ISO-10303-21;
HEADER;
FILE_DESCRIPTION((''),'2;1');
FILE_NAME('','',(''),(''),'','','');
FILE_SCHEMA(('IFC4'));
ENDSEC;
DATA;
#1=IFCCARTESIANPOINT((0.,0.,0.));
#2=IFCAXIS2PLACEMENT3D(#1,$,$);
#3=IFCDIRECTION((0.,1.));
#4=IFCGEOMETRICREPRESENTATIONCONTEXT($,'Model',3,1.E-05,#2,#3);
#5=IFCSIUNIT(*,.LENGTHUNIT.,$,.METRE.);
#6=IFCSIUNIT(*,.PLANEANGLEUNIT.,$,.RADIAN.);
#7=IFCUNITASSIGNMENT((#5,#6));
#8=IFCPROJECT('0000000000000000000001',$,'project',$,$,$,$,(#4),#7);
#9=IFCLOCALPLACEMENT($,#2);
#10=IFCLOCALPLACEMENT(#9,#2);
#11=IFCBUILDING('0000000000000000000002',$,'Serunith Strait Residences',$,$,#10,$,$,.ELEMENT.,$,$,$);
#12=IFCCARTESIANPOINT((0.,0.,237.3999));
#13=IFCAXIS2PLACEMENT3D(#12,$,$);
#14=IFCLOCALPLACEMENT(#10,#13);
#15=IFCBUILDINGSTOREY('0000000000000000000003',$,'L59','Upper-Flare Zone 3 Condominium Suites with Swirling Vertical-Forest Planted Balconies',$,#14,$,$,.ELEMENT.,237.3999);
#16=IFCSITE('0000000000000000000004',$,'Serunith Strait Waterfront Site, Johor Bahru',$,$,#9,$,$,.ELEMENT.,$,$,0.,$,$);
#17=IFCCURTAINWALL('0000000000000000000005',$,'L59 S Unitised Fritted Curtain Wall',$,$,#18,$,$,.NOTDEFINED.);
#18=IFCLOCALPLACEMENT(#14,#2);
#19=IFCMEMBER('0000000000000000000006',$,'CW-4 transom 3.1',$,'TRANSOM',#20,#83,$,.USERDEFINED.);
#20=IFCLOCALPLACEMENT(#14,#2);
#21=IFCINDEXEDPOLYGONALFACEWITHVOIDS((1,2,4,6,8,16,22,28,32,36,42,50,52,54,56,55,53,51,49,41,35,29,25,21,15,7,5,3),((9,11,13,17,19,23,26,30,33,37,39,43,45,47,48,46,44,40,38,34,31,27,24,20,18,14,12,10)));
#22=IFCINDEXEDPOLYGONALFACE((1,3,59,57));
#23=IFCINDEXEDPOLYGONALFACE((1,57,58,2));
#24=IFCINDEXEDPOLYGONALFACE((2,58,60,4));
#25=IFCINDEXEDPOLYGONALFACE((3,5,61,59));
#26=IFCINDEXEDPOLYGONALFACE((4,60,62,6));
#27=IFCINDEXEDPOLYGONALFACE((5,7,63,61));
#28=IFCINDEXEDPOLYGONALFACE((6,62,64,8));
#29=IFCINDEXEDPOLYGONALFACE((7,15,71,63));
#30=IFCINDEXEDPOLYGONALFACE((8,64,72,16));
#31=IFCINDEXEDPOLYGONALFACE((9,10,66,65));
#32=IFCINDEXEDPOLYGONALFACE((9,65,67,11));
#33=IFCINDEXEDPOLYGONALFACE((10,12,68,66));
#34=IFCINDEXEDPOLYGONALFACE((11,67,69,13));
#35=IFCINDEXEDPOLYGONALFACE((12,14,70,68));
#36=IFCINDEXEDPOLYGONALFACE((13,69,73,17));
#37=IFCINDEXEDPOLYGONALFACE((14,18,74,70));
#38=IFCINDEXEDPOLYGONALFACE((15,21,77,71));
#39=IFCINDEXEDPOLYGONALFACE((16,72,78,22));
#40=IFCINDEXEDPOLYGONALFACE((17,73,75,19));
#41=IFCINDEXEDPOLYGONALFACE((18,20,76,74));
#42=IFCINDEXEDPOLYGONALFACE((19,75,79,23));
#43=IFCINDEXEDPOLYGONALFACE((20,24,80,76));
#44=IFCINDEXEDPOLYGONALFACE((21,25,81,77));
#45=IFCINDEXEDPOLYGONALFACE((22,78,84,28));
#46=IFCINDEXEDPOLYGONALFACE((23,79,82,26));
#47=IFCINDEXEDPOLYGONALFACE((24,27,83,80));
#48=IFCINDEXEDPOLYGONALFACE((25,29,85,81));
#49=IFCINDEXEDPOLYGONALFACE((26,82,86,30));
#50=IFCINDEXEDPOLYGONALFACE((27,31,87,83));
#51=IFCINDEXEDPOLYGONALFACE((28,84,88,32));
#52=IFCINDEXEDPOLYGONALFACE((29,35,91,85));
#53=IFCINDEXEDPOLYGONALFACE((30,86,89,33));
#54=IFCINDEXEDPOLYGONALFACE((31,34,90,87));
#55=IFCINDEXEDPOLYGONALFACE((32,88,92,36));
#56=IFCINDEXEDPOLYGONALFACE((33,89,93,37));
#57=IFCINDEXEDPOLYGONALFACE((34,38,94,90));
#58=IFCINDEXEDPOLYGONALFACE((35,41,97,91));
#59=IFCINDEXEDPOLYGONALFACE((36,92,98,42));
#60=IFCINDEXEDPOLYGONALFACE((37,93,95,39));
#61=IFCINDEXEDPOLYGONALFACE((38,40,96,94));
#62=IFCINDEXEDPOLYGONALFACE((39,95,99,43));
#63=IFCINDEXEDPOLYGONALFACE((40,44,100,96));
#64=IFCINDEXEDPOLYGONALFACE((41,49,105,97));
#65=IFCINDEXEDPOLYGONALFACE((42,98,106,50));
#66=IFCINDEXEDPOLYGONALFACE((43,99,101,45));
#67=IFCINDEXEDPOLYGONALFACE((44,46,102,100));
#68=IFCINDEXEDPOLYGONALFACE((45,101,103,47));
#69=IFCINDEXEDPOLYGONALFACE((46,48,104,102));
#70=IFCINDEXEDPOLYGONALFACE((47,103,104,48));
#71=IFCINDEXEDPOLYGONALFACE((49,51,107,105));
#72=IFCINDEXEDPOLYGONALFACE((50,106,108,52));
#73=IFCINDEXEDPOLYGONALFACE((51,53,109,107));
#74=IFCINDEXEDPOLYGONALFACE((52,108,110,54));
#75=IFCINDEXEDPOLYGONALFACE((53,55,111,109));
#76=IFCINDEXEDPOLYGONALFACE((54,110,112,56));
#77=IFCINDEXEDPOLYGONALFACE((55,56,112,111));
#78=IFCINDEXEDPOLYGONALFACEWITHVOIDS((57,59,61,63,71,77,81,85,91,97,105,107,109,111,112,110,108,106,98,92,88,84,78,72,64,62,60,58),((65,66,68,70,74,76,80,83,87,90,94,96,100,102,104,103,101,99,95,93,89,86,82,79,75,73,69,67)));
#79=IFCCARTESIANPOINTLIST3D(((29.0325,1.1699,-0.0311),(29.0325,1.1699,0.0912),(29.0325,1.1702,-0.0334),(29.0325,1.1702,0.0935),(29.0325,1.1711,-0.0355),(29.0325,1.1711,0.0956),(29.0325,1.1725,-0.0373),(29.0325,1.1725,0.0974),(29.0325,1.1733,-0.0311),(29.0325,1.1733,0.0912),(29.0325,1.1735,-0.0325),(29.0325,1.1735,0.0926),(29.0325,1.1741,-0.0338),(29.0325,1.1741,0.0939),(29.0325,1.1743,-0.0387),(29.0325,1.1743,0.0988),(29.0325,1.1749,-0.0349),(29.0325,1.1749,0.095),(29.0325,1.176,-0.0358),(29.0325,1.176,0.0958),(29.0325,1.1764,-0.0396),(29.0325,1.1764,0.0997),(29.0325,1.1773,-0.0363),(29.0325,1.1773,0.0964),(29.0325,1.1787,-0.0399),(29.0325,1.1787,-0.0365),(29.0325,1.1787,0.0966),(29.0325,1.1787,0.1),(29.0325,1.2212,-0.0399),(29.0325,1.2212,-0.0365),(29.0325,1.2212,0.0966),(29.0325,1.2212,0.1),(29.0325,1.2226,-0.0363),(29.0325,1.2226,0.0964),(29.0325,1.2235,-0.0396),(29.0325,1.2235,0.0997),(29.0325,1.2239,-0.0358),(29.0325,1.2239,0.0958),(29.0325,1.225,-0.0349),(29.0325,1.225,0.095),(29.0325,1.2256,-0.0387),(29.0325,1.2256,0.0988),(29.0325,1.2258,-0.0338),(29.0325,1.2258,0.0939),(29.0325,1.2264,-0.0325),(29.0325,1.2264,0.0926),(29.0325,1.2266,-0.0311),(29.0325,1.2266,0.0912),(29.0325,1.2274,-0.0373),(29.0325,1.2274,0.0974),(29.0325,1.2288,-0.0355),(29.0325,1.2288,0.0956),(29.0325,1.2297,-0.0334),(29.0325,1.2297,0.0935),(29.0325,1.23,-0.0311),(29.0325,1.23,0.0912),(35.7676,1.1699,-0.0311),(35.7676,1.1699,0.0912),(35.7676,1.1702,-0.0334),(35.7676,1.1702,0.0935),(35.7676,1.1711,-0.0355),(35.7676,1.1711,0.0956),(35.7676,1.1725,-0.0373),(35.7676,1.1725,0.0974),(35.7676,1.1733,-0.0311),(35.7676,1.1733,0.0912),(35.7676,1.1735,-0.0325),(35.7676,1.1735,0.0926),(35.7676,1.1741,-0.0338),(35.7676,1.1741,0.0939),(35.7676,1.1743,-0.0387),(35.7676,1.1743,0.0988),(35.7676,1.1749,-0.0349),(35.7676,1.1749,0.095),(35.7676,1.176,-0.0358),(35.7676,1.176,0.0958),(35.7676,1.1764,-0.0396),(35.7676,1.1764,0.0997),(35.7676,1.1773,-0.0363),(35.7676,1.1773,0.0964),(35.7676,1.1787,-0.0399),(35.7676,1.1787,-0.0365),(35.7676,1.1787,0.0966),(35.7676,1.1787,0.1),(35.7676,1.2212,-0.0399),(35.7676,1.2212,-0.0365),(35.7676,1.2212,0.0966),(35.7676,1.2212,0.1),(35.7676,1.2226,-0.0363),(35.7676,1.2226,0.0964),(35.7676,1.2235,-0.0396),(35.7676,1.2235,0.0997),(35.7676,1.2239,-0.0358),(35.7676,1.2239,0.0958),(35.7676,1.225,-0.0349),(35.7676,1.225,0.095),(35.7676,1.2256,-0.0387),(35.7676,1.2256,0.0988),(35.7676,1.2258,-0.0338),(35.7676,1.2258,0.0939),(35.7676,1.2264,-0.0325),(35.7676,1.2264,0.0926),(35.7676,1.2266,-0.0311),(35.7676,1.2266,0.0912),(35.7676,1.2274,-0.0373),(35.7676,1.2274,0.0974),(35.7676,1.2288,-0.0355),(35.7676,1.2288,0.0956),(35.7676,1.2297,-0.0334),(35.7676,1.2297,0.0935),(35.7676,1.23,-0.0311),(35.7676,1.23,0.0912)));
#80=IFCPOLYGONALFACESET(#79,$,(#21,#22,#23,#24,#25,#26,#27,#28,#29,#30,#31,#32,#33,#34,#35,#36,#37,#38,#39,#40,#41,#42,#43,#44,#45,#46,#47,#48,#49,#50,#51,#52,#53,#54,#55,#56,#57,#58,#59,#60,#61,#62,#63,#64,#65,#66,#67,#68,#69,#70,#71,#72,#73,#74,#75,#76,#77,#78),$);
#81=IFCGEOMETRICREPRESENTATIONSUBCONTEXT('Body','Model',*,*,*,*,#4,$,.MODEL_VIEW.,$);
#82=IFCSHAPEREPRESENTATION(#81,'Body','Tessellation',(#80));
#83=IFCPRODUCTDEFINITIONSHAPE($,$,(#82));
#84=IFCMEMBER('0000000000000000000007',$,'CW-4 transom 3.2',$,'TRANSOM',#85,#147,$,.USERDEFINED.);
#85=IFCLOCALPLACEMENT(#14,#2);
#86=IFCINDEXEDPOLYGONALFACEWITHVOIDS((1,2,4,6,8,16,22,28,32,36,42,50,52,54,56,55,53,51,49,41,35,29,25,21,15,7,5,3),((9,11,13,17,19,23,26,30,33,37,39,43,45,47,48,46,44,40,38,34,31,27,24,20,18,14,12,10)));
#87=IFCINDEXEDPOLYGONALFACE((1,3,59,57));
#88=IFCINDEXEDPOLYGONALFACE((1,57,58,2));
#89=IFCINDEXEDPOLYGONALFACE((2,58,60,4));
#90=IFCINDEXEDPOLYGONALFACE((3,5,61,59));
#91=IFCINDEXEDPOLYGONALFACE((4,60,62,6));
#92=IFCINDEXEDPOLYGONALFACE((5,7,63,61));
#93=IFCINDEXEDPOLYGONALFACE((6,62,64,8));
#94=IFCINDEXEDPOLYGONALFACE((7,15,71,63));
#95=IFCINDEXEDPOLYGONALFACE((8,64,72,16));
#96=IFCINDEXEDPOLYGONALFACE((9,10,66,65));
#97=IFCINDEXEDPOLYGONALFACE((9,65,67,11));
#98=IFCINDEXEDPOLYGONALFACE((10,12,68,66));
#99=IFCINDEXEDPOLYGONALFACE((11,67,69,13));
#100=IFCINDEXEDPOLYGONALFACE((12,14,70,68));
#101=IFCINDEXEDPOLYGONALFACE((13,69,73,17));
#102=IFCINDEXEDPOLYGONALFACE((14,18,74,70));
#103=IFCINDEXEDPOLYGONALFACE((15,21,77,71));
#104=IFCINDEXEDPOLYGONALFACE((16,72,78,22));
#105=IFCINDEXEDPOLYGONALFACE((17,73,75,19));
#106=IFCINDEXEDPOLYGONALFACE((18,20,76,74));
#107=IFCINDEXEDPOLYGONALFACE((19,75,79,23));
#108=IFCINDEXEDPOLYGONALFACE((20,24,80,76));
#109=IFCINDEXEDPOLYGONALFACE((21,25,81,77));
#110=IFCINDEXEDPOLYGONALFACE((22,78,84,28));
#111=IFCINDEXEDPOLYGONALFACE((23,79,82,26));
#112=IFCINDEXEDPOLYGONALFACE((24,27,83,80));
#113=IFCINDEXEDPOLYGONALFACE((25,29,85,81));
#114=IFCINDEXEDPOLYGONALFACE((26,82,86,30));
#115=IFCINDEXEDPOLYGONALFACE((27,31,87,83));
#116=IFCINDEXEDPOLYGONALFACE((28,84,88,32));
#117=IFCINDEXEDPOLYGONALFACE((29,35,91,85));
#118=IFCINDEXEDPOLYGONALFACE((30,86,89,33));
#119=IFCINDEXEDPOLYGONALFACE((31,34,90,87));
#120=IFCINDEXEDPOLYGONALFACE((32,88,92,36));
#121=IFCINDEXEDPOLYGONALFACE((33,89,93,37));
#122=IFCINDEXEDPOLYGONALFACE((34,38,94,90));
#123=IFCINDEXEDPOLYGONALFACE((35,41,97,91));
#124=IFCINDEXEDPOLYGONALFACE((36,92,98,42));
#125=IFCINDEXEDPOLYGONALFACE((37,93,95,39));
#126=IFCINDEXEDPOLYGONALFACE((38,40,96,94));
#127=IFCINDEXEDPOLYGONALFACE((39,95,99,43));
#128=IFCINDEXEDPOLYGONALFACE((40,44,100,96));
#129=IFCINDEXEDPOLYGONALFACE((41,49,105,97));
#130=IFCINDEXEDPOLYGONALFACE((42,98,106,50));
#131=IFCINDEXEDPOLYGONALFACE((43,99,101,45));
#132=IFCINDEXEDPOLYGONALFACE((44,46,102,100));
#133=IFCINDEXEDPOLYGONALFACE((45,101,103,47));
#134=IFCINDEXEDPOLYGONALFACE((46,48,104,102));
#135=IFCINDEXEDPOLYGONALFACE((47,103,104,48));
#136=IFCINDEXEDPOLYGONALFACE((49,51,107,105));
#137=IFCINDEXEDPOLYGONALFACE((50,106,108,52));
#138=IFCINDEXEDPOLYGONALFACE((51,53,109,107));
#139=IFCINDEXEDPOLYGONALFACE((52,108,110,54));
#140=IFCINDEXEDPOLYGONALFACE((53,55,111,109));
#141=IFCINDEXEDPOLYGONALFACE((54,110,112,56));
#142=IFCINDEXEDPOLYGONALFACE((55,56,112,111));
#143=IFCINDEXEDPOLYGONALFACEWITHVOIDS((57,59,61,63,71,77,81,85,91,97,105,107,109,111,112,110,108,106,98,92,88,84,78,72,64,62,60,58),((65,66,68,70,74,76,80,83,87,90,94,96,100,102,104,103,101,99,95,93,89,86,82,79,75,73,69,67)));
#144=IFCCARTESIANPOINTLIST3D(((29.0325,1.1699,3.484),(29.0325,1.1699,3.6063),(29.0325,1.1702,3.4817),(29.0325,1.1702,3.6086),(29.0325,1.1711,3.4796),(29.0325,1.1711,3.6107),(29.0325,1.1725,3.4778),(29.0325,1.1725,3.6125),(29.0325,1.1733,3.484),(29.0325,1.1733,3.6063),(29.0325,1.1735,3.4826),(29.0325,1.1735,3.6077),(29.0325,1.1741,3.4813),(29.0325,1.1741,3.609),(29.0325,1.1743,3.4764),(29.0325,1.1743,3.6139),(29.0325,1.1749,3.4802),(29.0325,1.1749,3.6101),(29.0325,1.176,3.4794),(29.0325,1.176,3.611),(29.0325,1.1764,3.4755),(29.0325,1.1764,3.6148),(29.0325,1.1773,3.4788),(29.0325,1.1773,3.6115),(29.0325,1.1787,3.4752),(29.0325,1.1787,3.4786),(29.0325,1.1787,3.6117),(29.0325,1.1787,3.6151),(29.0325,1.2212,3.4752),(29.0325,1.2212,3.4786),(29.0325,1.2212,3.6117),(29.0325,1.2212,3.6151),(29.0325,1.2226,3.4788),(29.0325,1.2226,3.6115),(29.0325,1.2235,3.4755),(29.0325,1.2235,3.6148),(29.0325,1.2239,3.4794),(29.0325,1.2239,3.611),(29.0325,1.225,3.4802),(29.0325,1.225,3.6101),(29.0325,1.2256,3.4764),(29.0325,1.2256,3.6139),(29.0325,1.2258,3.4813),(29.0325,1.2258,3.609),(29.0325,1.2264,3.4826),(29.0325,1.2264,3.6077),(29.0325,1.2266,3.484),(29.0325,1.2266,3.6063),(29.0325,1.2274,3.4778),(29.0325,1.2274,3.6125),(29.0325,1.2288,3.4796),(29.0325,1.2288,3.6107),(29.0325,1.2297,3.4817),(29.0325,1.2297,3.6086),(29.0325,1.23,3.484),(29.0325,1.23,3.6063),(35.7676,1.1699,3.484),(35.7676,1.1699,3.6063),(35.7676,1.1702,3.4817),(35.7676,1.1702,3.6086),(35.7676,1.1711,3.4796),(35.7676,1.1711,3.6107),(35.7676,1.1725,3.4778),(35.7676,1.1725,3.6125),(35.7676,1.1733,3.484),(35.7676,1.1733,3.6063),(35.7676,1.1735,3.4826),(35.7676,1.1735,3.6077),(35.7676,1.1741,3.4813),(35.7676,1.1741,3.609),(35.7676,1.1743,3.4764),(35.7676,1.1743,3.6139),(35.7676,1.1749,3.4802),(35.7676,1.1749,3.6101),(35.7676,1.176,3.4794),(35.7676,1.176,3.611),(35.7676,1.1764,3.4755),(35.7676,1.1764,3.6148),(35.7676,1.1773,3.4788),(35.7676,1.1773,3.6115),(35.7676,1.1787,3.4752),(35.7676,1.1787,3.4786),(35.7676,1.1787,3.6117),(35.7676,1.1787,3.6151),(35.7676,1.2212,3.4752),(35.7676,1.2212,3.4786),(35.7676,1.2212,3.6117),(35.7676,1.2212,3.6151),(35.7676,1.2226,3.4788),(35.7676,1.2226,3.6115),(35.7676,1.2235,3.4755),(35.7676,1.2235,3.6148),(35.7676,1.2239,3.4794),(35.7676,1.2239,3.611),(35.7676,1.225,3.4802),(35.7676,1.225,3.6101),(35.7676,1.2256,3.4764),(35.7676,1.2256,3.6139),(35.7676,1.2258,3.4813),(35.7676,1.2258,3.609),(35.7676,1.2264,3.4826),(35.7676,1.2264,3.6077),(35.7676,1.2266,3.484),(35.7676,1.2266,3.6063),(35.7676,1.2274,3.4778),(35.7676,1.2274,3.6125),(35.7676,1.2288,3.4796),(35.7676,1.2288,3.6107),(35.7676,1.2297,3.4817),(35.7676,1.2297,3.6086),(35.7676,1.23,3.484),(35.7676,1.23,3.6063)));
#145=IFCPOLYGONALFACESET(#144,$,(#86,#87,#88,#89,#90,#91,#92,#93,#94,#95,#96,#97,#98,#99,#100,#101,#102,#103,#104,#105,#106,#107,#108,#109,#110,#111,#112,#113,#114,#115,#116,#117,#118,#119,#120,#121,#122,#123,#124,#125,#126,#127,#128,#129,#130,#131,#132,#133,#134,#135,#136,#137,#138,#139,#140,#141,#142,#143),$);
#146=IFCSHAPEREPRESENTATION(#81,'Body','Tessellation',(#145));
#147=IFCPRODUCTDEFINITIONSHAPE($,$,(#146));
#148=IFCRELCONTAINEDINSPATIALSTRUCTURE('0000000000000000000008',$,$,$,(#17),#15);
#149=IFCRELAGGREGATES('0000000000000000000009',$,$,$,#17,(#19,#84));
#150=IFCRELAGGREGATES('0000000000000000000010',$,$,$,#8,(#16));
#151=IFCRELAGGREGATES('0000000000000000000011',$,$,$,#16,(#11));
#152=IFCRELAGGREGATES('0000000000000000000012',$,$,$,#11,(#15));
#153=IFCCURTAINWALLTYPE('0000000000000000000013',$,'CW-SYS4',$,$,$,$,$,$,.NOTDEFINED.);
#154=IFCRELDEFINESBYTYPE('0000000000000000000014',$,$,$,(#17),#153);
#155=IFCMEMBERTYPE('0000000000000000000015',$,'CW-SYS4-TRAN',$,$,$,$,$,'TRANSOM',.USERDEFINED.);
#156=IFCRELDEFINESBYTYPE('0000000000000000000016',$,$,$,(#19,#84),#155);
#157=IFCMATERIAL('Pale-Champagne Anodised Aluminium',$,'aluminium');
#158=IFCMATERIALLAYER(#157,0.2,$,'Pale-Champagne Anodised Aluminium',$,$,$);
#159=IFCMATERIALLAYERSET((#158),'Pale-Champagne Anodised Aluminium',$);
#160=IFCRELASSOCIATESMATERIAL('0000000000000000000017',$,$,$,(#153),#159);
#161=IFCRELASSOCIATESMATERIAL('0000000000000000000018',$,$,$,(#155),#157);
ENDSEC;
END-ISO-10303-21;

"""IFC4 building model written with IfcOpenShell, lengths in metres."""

from ifc_helpers import new_model, si_unit, direction, frame, origin, origin_2d, place, context, subcontext, project, spatial, hollow_rectangle, extrude, source, transform, mapped, material, layer, layer_set, material_profile, profile_set, type_object, element, aggregate, save


model = new_model("IFC4")

# Units and contexts
model_context = context("Model", 3, precision=1e-05, world=origin(), true_north=direction((0.0, 1.0)))
body_context = subcontext(model_context, "Body", "Model", "MODEL_VIEW")
ifc_project = project(units=[si_unit("LENGTHUNIT", "METRE"), si_unit("PLANEANGLEUNIT", "RADIAN")], contexts=[model_context])

# Site, building, storey
site_placement = place(None, origin())
site = spatial("IfcSite", under=ifc_project, at=site_placement, Name="Serunith Strait Waterfront Site, Johor Bahru", CompositionType="ELEMENT", RefElevation=0.0)
building_placement = place(site_placement, origin())
building = spatial("IfcBuilding", under=site, at=building_placement, Name="Serunith Strait Residences", CompositionType="ELEMENT")
storey_placement = place(building_placement, frame((0.0, 0.0, 237.3999)))
storey = spatial("IfcBuildingStorey", under=building, at=storey_placement, Name="L59", Description="Upper-Flare Zone 3 Condominium Suites with Swirling Vertical-Forest Planted Balconies", CompositionType="ELEMENT", Elevation=237.3999)

# Curtain wall, members
ifc_material_1 = material(Name="Pale-Champagne Anodised Aluminium", Category="aluminium")
ifc_layer_1 = layer(ifc_material_1, 0.2, Name="Pale-Champagne Anodised Aluminium")
ifc_layer_set_1 = layer_set([ifc_layer_1], Name="Pale-Champagne Anodised Aluminium")
curtain_wall_type = type_object("IfcCurtainWallType", Name="CW-SYS4", PredefinedType="NOTDEFINED", material=ifc_layer_set_1)
curtain_wall_placement = place(storey_placement, origin())
curtain_wall = element("IfcCurtainWall", 1, at=curtain_wall_placement, inside=storey, type_object=curtain_wall_type, Name="L59 S Unitised Fritted Curtain Wall", PredefinedType="NOTDEFINED")
ifc_material_profile_1 = material_profile(ifc_material_1, hollow_rectangle(XDim=0.0601, YDim=0.1399, WallThickness=0.0034, InnerFilletRadius=0.0054, OuterFilletRadius=0.0088, at=origin_2d()), Name="ALU 140x60x3.5")
ifc_profile_set_1 = profile_set([ifc_material_profile_1], Name="Pale-Champagne Anodised Aluminium")
member_type_1 = type_object("IfcMemberType", Name="CW-SYS4-TRAN", ElementType="TRANSOM", PredefinedType="USERDEFINED", material=ifc_profile_set_1)
shared_shape_1 = source(origin(), body_context, "Body", "SweptSolid", [
    extrude(hollow_rectangle(XDim=0.0601, YDim=0.1399, WallThickness=0.0034, InnerFilletRadius=0.0054, OuterFilletRadius=0.0088, at=origin_2d()), origin(), (0.0, 0.0, 1.0), 6.7351),
])
member_1_placement = place(storey_placement, frame((29.0325, 1.2, 0.03), z_axis=(1.0, 0.0, 0.0), x_axis=(0.0, 1.0, 0.0)))
member_1 = element("IfcMember", 2, at=member_1_placement, type_object=member_type_1, Name="CW-4 transom 3.1", ObjectType="TRANSOM", PredefinedType="USERDEFINED", context=body_context, shape_type="MappedRepresentation", body=[
    mapped(shared_shape_1, transform((0.0, 0.0, 0.0), scale=1.0)),
])
member_2_placement = place(storey_placement, frame((29.0325, 1.2, 3.5452), z_axis=(1.0, 0.0, 0.0), x_axis=(0.0, 1.0, 0.0)))
member_2 = element("IfcMember", 3, at=member_2_placement, type_object=member_type_1, Name="CW-4 transom 3.2", ObjectType="TRANSOM", PredefinedType="USERDEFINED", context=body_context, shape_type="MappedRepresentation", body=[
    mapped(shared_shape_1, transform((0.0, 0.0, 0.0), scale=1.0)),
])
aggregate(curtain_wall, [member_1, member_2])

save(model, "model.ifc")
